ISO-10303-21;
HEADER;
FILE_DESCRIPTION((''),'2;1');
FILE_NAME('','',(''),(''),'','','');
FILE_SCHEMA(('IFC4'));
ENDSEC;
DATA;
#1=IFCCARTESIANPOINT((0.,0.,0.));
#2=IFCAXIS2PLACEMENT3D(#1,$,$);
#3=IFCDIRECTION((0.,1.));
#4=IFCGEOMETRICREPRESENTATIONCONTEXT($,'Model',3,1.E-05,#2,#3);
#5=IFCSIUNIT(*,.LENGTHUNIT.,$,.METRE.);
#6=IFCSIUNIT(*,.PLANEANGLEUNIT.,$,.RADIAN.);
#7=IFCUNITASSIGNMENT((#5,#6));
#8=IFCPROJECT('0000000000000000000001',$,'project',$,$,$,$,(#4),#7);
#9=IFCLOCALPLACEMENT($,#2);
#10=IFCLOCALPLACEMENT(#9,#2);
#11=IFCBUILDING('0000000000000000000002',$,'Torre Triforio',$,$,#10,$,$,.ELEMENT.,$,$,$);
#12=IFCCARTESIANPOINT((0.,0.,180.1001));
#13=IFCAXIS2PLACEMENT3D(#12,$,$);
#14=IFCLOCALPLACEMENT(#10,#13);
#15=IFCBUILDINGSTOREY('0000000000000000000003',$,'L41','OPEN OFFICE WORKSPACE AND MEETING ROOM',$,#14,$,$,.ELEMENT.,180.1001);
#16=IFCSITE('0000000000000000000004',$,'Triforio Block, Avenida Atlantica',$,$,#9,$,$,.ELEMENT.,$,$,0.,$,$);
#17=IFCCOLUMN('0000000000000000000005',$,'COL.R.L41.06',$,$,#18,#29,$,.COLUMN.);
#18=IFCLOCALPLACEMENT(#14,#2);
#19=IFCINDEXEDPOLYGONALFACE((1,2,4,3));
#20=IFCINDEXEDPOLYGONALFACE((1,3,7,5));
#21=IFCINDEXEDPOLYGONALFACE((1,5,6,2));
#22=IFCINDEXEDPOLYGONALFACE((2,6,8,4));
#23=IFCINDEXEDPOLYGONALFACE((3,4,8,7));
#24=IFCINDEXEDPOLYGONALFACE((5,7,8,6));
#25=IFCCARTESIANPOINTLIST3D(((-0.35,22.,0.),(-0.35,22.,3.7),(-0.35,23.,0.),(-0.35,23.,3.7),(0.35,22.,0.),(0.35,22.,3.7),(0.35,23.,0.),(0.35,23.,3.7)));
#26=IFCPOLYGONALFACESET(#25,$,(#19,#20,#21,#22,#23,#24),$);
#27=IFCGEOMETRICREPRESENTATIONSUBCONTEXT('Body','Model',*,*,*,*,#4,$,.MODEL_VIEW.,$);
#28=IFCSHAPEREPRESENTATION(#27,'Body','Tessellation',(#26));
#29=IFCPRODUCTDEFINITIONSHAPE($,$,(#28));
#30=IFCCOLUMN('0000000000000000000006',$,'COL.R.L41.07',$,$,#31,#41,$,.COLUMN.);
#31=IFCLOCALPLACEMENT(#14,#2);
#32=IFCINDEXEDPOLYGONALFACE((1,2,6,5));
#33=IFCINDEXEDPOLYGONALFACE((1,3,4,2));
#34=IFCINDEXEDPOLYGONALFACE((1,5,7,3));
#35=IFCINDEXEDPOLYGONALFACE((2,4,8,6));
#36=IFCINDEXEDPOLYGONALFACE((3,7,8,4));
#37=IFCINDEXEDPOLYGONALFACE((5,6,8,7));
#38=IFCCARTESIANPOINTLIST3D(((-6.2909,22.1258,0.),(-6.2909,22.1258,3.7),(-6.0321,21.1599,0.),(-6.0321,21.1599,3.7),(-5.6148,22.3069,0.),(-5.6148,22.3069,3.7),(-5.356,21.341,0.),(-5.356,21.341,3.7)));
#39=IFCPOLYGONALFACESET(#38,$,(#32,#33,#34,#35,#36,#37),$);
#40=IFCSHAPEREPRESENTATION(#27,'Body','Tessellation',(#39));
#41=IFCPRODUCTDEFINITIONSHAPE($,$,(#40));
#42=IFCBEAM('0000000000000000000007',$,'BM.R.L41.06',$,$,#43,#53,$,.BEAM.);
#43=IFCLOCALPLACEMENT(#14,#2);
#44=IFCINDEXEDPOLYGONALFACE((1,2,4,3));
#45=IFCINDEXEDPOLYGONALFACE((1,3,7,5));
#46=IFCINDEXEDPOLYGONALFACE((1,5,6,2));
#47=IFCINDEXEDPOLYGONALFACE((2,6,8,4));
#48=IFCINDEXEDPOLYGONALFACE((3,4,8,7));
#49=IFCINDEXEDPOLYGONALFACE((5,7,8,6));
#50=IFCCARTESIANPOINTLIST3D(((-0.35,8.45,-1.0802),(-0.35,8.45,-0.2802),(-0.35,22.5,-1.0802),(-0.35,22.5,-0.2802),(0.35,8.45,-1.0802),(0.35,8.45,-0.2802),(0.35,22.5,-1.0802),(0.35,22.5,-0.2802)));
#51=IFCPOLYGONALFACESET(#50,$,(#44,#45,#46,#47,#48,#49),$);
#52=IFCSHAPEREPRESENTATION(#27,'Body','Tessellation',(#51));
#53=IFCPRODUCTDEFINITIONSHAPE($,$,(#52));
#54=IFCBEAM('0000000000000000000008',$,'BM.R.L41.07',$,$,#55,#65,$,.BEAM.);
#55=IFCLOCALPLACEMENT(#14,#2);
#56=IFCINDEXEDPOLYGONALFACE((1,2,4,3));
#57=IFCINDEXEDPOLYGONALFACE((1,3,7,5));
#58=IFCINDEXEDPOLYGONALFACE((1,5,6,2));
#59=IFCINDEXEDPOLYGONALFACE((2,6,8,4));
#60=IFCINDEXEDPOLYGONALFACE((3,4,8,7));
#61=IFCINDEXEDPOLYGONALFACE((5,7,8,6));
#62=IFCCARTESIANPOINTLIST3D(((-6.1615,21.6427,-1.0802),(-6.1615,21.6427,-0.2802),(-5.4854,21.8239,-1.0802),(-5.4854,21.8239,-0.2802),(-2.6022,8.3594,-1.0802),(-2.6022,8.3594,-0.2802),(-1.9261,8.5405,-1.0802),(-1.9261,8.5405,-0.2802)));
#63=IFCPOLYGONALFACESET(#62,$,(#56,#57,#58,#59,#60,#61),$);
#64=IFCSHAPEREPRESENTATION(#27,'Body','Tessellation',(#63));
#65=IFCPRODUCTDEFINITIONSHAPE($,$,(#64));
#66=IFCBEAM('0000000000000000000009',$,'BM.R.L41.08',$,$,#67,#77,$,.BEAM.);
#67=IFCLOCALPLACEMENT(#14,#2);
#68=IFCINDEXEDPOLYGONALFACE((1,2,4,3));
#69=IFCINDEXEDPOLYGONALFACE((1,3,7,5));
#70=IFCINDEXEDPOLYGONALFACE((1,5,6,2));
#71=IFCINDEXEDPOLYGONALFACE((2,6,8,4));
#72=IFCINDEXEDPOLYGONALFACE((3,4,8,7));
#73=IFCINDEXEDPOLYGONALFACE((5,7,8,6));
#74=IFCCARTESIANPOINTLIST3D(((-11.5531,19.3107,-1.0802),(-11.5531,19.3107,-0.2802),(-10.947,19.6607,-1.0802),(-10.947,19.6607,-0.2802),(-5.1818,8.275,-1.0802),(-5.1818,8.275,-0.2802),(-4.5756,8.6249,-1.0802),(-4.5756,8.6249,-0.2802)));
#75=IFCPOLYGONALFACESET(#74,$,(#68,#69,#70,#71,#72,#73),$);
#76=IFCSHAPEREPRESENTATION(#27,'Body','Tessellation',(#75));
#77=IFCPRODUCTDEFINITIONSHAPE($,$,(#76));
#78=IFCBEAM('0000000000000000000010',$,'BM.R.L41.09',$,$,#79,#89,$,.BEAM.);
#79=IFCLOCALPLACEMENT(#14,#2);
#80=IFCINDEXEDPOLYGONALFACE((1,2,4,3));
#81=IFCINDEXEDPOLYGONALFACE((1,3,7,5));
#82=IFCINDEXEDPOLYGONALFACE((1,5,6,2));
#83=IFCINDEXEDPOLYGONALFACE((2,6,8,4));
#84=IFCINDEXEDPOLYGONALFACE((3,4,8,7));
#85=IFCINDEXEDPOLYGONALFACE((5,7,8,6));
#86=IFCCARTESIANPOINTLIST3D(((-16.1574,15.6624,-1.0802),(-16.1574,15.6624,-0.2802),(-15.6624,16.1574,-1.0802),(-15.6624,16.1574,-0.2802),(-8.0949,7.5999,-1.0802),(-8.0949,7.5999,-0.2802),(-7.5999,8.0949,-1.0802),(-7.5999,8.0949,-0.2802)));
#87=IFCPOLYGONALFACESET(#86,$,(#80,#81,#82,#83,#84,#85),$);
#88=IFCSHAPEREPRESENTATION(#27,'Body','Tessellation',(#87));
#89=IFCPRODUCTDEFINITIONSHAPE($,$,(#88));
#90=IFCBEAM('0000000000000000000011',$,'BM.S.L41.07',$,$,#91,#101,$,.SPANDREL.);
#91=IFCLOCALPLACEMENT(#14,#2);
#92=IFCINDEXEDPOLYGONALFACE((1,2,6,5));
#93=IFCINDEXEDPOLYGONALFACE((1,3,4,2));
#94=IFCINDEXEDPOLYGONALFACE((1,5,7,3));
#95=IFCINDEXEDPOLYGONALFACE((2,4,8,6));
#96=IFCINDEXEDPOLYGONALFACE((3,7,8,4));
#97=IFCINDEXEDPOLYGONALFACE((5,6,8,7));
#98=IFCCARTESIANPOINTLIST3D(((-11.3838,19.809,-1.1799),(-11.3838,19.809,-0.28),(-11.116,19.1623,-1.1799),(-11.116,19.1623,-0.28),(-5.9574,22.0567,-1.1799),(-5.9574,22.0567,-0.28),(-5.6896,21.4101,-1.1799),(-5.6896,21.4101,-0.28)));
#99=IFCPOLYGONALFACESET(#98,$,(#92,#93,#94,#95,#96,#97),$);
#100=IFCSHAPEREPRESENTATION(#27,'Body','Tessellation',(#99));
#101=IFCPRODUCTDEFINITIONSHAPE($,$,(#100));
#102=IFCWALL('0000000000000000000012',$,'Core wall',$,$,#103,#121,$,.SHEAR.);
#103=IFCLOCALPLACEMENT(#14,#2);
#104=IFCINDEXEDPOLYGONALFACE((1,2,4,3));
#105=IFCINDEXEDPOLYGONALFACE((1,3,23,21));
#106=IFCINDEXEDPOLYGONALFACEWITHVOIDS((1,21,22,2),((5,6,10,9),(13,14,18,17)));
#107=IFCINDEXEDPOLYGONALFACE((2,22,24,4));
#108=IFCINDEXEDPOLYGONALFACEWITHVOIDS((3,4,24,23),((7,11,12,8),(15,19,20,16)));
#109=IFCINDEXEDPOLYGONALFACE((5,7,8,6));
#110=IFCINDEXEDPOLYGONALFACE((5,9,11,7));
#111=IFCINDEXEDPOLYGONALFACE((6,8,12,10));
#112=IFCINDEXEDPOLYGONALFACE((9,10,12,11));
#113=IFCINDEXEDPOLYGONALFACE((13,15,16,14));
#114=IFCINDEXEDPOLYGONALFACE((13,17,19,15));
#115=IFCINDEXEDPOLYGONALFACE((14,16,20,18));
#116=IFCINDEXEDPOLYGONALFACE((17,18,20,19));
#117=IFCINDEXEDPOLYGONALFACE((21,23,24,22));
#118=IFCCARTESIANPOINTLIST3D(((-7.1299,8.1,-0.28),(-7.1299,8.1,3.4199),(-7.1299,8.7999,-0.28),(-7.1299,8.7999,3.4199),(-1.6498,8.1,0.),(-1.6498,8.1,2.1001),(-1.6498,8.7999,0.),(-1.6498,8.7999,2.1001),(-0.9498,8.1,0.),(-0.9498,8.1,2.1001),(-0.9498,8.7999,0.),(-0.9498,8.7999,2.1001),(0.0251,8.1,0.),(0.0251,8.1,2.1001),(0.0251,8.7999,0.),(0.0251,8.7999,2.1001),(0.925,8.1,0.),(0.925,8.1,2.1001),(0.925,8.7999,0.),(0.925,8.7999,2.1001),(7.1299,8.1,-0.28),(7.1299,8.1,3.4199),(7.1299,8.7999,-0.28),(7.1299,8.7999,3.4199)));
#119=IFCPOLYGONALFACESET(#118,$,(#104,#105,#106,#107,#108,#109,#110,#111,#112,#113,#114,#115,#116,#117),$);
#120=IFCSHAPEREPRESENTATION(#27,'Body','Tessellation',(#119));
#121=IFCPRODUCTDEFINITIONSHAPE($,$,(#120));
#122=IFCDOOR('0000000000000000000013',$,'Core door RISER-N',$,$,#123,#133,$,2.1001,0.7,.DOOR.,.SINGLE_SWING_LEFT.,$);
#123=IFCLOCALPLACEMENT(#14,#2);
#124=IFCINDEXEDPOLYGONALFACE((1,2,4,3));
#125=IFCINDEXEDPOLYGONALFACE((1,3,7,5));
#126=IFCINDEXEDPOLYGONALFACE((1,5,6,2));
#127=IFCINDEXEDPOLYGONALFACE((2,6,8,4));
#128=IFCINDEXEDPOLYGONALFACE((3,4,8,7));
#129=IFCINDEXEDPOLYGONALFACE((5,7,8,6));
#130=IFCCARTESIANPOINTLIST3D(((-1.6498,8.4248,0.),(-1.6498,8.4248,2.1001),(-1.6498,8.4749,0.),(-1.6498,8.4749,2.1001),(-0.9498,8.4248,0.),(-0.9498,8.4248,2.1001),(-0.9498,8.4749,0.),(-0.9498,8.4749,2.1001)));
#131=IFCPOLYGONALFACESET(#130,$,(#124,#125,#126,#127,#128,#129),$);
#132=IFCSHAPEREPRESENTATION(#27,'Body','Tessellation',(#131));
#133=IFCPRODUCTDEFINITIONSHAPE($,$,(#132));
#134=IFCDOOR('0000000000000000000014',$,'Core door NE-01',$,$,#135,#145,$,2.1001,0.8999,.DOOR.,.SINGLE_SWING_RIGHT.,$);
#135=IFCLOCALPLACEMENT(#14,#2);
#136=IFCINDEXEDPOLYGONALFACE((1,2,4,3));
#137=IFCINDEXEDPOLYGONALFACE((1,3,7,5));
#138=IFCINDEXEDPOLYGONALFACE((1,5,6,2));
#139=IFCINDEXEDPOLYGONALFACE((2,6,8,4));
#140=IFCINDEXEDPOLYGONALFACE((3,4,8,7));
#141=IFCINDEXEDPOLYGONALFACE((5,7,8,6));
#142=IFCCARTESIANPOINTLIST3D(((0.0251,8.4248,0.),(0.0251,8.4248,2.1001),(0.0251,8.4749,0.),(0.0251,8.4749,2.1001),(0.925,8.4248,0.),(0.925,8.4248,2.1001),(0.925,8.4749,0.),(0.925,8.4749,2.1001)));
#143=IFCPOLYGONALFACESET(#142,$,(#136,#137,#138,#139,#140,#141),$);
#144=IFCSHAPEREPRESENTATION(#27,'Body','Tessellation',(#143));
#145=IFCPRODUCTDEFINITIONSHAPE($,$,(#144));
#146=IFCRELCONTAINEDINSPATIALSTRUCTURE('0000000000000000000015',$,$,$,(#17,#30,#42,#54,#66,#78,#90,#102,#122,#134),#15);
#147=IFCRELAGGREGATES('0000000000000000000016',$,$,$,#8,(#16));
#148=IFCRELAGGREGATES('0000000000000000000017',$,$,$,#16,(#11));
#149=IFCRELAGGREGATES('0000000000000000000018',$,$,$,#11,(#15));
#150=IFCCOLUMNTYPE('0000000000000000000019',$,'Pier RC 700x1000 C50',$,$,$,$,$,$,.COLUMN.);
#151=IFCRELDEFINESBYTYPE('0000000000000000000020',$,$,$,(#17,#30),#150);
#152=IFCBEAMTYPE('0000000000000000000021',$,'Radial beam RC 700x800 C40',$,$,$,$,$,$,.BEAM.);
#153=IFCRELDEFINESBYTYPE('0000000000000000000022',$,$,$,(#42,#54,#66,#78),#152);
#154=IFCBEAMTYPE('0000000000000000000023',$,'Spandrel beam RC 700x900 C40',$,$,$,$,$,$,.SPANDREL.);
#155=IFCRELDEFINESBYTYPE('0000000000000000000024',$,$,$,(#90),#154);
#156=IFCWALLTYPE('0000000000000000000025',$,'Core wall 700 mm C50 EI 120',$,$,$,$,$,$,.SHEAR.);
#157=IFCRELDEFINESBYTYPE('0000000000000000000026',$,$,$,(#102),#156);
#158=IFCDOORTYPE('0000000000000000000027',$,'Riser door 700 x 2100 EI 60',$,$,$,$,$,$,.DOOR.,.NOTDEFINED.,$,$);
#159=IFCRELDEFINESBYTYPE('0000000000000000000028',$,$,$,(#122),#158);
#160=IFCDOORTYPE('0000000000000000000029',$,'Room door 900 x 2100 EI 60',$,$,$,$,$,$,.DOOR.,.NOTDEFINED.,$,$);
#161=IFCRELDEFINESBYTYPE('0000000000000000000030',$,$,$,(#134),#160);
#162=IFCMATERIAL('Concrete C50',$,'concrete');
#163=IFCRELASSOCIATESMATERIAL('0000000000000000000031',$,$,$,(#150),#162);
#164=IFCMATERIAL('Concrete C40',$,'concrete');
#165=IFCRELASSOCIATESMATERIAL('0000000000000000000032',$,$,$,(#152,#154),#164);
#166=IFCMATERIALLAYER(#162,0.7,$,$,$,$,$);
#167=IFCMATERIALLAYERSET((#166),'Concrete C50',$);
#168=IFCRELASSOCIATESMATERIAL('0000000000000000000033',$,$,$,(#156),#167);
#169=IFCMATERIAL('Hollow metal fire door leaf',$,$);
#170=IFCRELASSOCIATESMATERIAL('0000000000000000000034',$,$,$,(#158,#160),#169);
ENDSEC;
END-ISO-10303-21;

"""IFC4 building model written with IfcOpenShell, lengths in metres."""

from ifc_helpers import new_model, si_unit, direction, frame, frame_2d, origin, origin_2d, place, context, subcontext, project, spatial, rectangle, extrude, material, layer, layer_set, material_profile, profile_set, type_object, element, fill, save


model = new_model("IFC4")

# Units and contexts
model_context = context("Model", 3, precision=1e-05, world=origin(), true_north=direction((0.0, 1.0)))
body_context = subcontext(model_context, "Body", "Model", "MODEL_VIEW")
ifc_project = project(units=[si_unit("LENGTHUNIT", "METRE"), si_unit("PLANEANGLEUNIT", "RADIAN")], contexts=[model_context])

# Site, building, storey
site_placement = place(None, origin())
site = spatial("IfcSite", under=ifc_project, at=site_placement, Name="Triforio Block, Avenida Atlantica", CompositionType="ELEMENT", RefElevation=0.0)
building_placement = place(site_placement, origin())
building = spatial("IfcBuilding", under=site, at=building_placement, Name="Torre Triforio", CompositionType="ELEMENT")
storey_placement = place(building_placement, frame((0.0, 0.0, 180.1001)))
storey = spatial("IfcBuildingStorey", under=building, at=storey_placement, Name="L41", Description="OPEN OFFICE WORKSPACE AND MEETING ROOM", CompositionType="ELEMENT", Elevation=180.1001)

# Columns
ifc_material_1 = material(Name="Concrete C50", Category="concrete")
ifc_material_profile_1 = material_profile(ifc_material_1, rectangle(XDim=0.7, YDim=1.0, at=origin_2d()), Name="RC 700x1000")
ifc_profile_set_1 = profile_set([ifc_material_profile_1], Name="Concrete C50")
column_type = type_object("IfcColumnType", Name="Pier RC 700x1000 C50", PredefinedType="COLUMN", material=ifc_profile_set_1)
for number, where, z_axis, x_axis, name in (
    (1, (0.0, 22.5, 0.0), (0.0, 0.0, 1.0), (-1.0, 0.0, 0.0), "COL.R.L41.06"),
    (2, (-5.8235, 21.7334, 0.0), (0.0, 0.0, 1.0), (-0.965926, -0.258819, 0.0), "COL.R.L41.07"),
):
    element("IfcColumn", number, at=place(storey_placement, frame(where, z_axis=z_axis, x_axis=x_axis)), inside=storey, type_object=column_type, Name=name, PredefinedType="COLUMN", context=body_context, shape_type="SweptSolid", body=[
        extrude(rectangle(XDim=0.7, YDim=1.0, at=origin_2d()), origin(), (0.0, 0.0, 1.0), 3.7),
    ])

# Beams
ifc_material_2 = material(Name="Concrete C40", Category="concrete")
ifc_material_profile_2 = material_profile(ifc_material_2, rectangle(XDim=0.7, YDim=0.8, at=origin_2d()), Name="RC 700x800")
ifc_profile_set_2 = profile_set([ifc_material_profile_2], Name="Concrete C40")
beam_type_1 = type_object("IfcBeamType", Name="Radial beam RC 700x800 C40", PredefinedType="BEAM", material=ifc_profile_set_2)
beam_1_placement = place(storey_placement, frame((0.0, 8.45, -0.6802), z_axis=(0.0, 1.0, 0.0), x_axis=(-1.0, 0.0, 0.0)))
element("IfcBeam", 3, at=beam_1_placement, inside=storey, type_object=beam_type_1, Name="BM.R.L41.06", PredefinedType="BEAM", context=body_context, shape_type="SweptSolid", body=[
    extrude(rectangle(XDim=0.7, YDim=0.8, at=origin_2d()), origin(), (0.0, 0.0, 1.0), 14.05),
])
beam_2_placement = place(storey_placement, frame((-2.2642, 8.45, -0.6802), z_axis=(-0.258822, 0.965925, 0.0), x_axis=(-0.965925, -0.258822, 0.0)))
element("IfcBeam", 4, at=beam_2_placement, inside=storey, type_object=beam_type_1, Name="BM.R.L41.07", PredefinedType="BEAM", context=body_context, shape_type="SweptSolid", body=[
    extrude(rectangle(XDim=0.7, YDim=0.8, at=origin_2d()), origin(), (0.0, 0.0, 1.0), 13.752),
])
beam_3_placement = place(storey_placement, frame((-4.8787, 8.45, -0.6802), z_axis=(-0.499994, 0.866029, 0.0), x_axis=(-0.866029, -0.499994, 0.0)))
element("IfcBeam", 5, at=beam_3_placement, inside=storey, type_object=beam_type_1, Name="BM.R.L41.08", PredefinedType="BEAM", context=body_context, shape_type="SweptSolid", body=[
    extrude(rectangle(XDim=0.7, YDim=0.8, at=origin_2d()), origin(), (0.0, 0.0, 1.0), 12.7429),
])
beam_4_placement = place(storey_placement, frame((-7.8474, 7.8474, -0.6802), z_axis=(-0.707107, 0.707107, 0.0), x_axis=(-0.707107, -0.707107, 0.0)))
element("IfcBeam", 6, at=beam_4_placement, inside=storey, type_object=beam_type_1, Name="BM.R.L41.09", PredefinedType="BEAM", context=body_context, shape_type="SweptSolid", body=[
    extrude(rectangle(XDim=0.7, YDim=0.8, at=origin_2d()), origin(), (0.0, 0.0, 1.0), 11.4021),
])
ifc_material_profile_3 = material_profile(ifc_material_2, rectangle(XDim=0.7, YDim=0.8999, at=origin_2d()), Name="RC 700x900")
ifc_profile_set_3 = profile_set([ifc_material_profile_3], Name="Concrete C40")
beam_type_2 = type_object("IfcBeamType", Name="Spandrel beam RC 700x900 C40", PredefinedType="SPANDREL", material=ifc_profile_set_3)
beam_5_placement = place(storey_placement, frame((-5.8235, 21.7334, -0.73), z_axis=(-0.923875, -0.382693, 0.0), x_axis=(0.382693, -0.923875, 0.0)))
element("IfcBeam", 7, at=beam_5_placement, inside=storey, type_object=beam_type_2, Name="BM.S.L41.07", PredefinedType="SPANDREL", context=body_context, shape_type="SweptSolid", body=[
    extrude(rectangle(XDim=0.7, YDim=0.8999, at=origin_2d()), origin(), (0.0, 0.0, 1.0), 5.8735),
])

# Wall, openings, doors
ifc_layer_1 = layer(ifc_material_1, 0.7)
ifc_layer_set_1 = layer_set([ifc_layer_1], Name="Concrete C50")
wall_type_1 = type_object("IfcWallType", Name="Core wall 700 mm C50 EI 120", PredefinedType="SHEAR", material=ifc_layer_set_1)
wall_1_placement = place(storey_placement, frame((-7.1299, 8.45, -0.28), z_axis=(0.0, 0.0, 1.0), x_axis=(1.0, 0.0, 0.0)))
wall_1 = element("IfcWall", 8, at=wall_1_placement, inside=storey, type_object=wall_type_1, Name="Core wall", PredefinedType="SHEAR", context=body_context, shape_type="SweptSolid", body=[
    extrude(rectangle(XDim=14.2598, YDim=0.7, at=frame_2d((7.1299, 0.0))), origin(), (0.0, 0.0, 1.0), 3.7),
])
opening_1_placement = place(wall_1_placement, frame((5.48, 0.0, 0.28)))
opening_1 = element("IfcOpeningElement", 9, at=opening_1_placement, cuts=wall_1, PredefinedType="OPENING", context=body_context, shape_type="SweptSolid", body=[
    extrude(rectangle(XDim=0.7, YDim=2.1001, at=frame_2d((0.3501, 1.05))), frame((0.0, 0.3599, 0.0), z_axis=(0.0, -1.0, 0.0), x_axis=(1.0, 0.0, 0.0)), (0.0, 0.0, 1.0), 0.72),
])
opening_2_placement = place(wall_1_placement, frame((7.155, 0.0, 0.28)))
opening_2 = element("IfcOpeningElement", 10, at=opening_2_placement, cuts=wall_1, PredefinedType="OPENING", context=body_context, shape_type="SweptSolid", body=[
    extrude(rectangle(XDim=0.8999, YDim=2.1001, at=frame_2d((0.45, 1.05))), frame((0.0, 0.3599, 0.0), z_axis=(0.0, -1.0, 0.0), x_axis=(1.0, 0.0, 0.0)), (0.0, 0.0, 1.0), 0.72),
])
ifc_material_3 = material(Name="Hollow metal fire door leaf")
door_type_1 = type_object("IfcDoorType", Name="Riser door 700 x 2100 EI 60", OperationType="NOTDEFINED", PredefinedType="DOOR", material=ifc_material_3)
door_1_placement = place(opening_1_placement, origin())
door_1 = element("IfcDoor", 11, at=door_1_placement, inside=storey, type_object=door_type_1, Name="Core door RISER-N", OperationType="SINGLE_SWING_LEFT", OverallHeight=2.1001, OverallWidth=0.7, PredefinedType="DOOR", context=body_context, shape_type="SweptSolid", body=[
    extrude(rectangle(XDim=0.7, YDim=2.1001, at=frame_2d((0.3501, 1.05))), frame((0.0, 0.0249, 0.0), z_axis=(0.0, -1.0, 0.0), x_axis=(1.0, 0.0, 0.0)), (0.0, 0.0, 1.0), 0.05),
])
fill(opening_1, door_1)
door_type_2 = type_object("IfcDoorType", Name="Room door 900 x 2100 EI 60", OperationType="NOTDEFINED", PredefinedType="DOOR", material=ifc_material_3)
door_2_placement = place(opening_2_placement, origin())
door_2 = element("IfcDoor", 12, at=door_2_placement, inside=storey, type_object=door_type_2, Name="Core door NE-01", OperationType="SINGLE_SWING_RIGHT", OverallHeight=2.1001, OverallWidth=0.8999, PredefinedType="DOOR", context=body_context, shape_type="SweptSolid", body=[
    extrude(rectangle(XDim=0.8999, YDim=2.1001, at=frame_2d((0.45, 1.05))), frame((0.0, 0.0249, 0.0), z_axis=(0.0, -1.0, 0.0), x_axis=(1.0, 0.0, 0.0)), (0.0, 0.0, 1.0), 0.05),
])
fill(opening_2, door_2)

save(model, "model.ifc")
